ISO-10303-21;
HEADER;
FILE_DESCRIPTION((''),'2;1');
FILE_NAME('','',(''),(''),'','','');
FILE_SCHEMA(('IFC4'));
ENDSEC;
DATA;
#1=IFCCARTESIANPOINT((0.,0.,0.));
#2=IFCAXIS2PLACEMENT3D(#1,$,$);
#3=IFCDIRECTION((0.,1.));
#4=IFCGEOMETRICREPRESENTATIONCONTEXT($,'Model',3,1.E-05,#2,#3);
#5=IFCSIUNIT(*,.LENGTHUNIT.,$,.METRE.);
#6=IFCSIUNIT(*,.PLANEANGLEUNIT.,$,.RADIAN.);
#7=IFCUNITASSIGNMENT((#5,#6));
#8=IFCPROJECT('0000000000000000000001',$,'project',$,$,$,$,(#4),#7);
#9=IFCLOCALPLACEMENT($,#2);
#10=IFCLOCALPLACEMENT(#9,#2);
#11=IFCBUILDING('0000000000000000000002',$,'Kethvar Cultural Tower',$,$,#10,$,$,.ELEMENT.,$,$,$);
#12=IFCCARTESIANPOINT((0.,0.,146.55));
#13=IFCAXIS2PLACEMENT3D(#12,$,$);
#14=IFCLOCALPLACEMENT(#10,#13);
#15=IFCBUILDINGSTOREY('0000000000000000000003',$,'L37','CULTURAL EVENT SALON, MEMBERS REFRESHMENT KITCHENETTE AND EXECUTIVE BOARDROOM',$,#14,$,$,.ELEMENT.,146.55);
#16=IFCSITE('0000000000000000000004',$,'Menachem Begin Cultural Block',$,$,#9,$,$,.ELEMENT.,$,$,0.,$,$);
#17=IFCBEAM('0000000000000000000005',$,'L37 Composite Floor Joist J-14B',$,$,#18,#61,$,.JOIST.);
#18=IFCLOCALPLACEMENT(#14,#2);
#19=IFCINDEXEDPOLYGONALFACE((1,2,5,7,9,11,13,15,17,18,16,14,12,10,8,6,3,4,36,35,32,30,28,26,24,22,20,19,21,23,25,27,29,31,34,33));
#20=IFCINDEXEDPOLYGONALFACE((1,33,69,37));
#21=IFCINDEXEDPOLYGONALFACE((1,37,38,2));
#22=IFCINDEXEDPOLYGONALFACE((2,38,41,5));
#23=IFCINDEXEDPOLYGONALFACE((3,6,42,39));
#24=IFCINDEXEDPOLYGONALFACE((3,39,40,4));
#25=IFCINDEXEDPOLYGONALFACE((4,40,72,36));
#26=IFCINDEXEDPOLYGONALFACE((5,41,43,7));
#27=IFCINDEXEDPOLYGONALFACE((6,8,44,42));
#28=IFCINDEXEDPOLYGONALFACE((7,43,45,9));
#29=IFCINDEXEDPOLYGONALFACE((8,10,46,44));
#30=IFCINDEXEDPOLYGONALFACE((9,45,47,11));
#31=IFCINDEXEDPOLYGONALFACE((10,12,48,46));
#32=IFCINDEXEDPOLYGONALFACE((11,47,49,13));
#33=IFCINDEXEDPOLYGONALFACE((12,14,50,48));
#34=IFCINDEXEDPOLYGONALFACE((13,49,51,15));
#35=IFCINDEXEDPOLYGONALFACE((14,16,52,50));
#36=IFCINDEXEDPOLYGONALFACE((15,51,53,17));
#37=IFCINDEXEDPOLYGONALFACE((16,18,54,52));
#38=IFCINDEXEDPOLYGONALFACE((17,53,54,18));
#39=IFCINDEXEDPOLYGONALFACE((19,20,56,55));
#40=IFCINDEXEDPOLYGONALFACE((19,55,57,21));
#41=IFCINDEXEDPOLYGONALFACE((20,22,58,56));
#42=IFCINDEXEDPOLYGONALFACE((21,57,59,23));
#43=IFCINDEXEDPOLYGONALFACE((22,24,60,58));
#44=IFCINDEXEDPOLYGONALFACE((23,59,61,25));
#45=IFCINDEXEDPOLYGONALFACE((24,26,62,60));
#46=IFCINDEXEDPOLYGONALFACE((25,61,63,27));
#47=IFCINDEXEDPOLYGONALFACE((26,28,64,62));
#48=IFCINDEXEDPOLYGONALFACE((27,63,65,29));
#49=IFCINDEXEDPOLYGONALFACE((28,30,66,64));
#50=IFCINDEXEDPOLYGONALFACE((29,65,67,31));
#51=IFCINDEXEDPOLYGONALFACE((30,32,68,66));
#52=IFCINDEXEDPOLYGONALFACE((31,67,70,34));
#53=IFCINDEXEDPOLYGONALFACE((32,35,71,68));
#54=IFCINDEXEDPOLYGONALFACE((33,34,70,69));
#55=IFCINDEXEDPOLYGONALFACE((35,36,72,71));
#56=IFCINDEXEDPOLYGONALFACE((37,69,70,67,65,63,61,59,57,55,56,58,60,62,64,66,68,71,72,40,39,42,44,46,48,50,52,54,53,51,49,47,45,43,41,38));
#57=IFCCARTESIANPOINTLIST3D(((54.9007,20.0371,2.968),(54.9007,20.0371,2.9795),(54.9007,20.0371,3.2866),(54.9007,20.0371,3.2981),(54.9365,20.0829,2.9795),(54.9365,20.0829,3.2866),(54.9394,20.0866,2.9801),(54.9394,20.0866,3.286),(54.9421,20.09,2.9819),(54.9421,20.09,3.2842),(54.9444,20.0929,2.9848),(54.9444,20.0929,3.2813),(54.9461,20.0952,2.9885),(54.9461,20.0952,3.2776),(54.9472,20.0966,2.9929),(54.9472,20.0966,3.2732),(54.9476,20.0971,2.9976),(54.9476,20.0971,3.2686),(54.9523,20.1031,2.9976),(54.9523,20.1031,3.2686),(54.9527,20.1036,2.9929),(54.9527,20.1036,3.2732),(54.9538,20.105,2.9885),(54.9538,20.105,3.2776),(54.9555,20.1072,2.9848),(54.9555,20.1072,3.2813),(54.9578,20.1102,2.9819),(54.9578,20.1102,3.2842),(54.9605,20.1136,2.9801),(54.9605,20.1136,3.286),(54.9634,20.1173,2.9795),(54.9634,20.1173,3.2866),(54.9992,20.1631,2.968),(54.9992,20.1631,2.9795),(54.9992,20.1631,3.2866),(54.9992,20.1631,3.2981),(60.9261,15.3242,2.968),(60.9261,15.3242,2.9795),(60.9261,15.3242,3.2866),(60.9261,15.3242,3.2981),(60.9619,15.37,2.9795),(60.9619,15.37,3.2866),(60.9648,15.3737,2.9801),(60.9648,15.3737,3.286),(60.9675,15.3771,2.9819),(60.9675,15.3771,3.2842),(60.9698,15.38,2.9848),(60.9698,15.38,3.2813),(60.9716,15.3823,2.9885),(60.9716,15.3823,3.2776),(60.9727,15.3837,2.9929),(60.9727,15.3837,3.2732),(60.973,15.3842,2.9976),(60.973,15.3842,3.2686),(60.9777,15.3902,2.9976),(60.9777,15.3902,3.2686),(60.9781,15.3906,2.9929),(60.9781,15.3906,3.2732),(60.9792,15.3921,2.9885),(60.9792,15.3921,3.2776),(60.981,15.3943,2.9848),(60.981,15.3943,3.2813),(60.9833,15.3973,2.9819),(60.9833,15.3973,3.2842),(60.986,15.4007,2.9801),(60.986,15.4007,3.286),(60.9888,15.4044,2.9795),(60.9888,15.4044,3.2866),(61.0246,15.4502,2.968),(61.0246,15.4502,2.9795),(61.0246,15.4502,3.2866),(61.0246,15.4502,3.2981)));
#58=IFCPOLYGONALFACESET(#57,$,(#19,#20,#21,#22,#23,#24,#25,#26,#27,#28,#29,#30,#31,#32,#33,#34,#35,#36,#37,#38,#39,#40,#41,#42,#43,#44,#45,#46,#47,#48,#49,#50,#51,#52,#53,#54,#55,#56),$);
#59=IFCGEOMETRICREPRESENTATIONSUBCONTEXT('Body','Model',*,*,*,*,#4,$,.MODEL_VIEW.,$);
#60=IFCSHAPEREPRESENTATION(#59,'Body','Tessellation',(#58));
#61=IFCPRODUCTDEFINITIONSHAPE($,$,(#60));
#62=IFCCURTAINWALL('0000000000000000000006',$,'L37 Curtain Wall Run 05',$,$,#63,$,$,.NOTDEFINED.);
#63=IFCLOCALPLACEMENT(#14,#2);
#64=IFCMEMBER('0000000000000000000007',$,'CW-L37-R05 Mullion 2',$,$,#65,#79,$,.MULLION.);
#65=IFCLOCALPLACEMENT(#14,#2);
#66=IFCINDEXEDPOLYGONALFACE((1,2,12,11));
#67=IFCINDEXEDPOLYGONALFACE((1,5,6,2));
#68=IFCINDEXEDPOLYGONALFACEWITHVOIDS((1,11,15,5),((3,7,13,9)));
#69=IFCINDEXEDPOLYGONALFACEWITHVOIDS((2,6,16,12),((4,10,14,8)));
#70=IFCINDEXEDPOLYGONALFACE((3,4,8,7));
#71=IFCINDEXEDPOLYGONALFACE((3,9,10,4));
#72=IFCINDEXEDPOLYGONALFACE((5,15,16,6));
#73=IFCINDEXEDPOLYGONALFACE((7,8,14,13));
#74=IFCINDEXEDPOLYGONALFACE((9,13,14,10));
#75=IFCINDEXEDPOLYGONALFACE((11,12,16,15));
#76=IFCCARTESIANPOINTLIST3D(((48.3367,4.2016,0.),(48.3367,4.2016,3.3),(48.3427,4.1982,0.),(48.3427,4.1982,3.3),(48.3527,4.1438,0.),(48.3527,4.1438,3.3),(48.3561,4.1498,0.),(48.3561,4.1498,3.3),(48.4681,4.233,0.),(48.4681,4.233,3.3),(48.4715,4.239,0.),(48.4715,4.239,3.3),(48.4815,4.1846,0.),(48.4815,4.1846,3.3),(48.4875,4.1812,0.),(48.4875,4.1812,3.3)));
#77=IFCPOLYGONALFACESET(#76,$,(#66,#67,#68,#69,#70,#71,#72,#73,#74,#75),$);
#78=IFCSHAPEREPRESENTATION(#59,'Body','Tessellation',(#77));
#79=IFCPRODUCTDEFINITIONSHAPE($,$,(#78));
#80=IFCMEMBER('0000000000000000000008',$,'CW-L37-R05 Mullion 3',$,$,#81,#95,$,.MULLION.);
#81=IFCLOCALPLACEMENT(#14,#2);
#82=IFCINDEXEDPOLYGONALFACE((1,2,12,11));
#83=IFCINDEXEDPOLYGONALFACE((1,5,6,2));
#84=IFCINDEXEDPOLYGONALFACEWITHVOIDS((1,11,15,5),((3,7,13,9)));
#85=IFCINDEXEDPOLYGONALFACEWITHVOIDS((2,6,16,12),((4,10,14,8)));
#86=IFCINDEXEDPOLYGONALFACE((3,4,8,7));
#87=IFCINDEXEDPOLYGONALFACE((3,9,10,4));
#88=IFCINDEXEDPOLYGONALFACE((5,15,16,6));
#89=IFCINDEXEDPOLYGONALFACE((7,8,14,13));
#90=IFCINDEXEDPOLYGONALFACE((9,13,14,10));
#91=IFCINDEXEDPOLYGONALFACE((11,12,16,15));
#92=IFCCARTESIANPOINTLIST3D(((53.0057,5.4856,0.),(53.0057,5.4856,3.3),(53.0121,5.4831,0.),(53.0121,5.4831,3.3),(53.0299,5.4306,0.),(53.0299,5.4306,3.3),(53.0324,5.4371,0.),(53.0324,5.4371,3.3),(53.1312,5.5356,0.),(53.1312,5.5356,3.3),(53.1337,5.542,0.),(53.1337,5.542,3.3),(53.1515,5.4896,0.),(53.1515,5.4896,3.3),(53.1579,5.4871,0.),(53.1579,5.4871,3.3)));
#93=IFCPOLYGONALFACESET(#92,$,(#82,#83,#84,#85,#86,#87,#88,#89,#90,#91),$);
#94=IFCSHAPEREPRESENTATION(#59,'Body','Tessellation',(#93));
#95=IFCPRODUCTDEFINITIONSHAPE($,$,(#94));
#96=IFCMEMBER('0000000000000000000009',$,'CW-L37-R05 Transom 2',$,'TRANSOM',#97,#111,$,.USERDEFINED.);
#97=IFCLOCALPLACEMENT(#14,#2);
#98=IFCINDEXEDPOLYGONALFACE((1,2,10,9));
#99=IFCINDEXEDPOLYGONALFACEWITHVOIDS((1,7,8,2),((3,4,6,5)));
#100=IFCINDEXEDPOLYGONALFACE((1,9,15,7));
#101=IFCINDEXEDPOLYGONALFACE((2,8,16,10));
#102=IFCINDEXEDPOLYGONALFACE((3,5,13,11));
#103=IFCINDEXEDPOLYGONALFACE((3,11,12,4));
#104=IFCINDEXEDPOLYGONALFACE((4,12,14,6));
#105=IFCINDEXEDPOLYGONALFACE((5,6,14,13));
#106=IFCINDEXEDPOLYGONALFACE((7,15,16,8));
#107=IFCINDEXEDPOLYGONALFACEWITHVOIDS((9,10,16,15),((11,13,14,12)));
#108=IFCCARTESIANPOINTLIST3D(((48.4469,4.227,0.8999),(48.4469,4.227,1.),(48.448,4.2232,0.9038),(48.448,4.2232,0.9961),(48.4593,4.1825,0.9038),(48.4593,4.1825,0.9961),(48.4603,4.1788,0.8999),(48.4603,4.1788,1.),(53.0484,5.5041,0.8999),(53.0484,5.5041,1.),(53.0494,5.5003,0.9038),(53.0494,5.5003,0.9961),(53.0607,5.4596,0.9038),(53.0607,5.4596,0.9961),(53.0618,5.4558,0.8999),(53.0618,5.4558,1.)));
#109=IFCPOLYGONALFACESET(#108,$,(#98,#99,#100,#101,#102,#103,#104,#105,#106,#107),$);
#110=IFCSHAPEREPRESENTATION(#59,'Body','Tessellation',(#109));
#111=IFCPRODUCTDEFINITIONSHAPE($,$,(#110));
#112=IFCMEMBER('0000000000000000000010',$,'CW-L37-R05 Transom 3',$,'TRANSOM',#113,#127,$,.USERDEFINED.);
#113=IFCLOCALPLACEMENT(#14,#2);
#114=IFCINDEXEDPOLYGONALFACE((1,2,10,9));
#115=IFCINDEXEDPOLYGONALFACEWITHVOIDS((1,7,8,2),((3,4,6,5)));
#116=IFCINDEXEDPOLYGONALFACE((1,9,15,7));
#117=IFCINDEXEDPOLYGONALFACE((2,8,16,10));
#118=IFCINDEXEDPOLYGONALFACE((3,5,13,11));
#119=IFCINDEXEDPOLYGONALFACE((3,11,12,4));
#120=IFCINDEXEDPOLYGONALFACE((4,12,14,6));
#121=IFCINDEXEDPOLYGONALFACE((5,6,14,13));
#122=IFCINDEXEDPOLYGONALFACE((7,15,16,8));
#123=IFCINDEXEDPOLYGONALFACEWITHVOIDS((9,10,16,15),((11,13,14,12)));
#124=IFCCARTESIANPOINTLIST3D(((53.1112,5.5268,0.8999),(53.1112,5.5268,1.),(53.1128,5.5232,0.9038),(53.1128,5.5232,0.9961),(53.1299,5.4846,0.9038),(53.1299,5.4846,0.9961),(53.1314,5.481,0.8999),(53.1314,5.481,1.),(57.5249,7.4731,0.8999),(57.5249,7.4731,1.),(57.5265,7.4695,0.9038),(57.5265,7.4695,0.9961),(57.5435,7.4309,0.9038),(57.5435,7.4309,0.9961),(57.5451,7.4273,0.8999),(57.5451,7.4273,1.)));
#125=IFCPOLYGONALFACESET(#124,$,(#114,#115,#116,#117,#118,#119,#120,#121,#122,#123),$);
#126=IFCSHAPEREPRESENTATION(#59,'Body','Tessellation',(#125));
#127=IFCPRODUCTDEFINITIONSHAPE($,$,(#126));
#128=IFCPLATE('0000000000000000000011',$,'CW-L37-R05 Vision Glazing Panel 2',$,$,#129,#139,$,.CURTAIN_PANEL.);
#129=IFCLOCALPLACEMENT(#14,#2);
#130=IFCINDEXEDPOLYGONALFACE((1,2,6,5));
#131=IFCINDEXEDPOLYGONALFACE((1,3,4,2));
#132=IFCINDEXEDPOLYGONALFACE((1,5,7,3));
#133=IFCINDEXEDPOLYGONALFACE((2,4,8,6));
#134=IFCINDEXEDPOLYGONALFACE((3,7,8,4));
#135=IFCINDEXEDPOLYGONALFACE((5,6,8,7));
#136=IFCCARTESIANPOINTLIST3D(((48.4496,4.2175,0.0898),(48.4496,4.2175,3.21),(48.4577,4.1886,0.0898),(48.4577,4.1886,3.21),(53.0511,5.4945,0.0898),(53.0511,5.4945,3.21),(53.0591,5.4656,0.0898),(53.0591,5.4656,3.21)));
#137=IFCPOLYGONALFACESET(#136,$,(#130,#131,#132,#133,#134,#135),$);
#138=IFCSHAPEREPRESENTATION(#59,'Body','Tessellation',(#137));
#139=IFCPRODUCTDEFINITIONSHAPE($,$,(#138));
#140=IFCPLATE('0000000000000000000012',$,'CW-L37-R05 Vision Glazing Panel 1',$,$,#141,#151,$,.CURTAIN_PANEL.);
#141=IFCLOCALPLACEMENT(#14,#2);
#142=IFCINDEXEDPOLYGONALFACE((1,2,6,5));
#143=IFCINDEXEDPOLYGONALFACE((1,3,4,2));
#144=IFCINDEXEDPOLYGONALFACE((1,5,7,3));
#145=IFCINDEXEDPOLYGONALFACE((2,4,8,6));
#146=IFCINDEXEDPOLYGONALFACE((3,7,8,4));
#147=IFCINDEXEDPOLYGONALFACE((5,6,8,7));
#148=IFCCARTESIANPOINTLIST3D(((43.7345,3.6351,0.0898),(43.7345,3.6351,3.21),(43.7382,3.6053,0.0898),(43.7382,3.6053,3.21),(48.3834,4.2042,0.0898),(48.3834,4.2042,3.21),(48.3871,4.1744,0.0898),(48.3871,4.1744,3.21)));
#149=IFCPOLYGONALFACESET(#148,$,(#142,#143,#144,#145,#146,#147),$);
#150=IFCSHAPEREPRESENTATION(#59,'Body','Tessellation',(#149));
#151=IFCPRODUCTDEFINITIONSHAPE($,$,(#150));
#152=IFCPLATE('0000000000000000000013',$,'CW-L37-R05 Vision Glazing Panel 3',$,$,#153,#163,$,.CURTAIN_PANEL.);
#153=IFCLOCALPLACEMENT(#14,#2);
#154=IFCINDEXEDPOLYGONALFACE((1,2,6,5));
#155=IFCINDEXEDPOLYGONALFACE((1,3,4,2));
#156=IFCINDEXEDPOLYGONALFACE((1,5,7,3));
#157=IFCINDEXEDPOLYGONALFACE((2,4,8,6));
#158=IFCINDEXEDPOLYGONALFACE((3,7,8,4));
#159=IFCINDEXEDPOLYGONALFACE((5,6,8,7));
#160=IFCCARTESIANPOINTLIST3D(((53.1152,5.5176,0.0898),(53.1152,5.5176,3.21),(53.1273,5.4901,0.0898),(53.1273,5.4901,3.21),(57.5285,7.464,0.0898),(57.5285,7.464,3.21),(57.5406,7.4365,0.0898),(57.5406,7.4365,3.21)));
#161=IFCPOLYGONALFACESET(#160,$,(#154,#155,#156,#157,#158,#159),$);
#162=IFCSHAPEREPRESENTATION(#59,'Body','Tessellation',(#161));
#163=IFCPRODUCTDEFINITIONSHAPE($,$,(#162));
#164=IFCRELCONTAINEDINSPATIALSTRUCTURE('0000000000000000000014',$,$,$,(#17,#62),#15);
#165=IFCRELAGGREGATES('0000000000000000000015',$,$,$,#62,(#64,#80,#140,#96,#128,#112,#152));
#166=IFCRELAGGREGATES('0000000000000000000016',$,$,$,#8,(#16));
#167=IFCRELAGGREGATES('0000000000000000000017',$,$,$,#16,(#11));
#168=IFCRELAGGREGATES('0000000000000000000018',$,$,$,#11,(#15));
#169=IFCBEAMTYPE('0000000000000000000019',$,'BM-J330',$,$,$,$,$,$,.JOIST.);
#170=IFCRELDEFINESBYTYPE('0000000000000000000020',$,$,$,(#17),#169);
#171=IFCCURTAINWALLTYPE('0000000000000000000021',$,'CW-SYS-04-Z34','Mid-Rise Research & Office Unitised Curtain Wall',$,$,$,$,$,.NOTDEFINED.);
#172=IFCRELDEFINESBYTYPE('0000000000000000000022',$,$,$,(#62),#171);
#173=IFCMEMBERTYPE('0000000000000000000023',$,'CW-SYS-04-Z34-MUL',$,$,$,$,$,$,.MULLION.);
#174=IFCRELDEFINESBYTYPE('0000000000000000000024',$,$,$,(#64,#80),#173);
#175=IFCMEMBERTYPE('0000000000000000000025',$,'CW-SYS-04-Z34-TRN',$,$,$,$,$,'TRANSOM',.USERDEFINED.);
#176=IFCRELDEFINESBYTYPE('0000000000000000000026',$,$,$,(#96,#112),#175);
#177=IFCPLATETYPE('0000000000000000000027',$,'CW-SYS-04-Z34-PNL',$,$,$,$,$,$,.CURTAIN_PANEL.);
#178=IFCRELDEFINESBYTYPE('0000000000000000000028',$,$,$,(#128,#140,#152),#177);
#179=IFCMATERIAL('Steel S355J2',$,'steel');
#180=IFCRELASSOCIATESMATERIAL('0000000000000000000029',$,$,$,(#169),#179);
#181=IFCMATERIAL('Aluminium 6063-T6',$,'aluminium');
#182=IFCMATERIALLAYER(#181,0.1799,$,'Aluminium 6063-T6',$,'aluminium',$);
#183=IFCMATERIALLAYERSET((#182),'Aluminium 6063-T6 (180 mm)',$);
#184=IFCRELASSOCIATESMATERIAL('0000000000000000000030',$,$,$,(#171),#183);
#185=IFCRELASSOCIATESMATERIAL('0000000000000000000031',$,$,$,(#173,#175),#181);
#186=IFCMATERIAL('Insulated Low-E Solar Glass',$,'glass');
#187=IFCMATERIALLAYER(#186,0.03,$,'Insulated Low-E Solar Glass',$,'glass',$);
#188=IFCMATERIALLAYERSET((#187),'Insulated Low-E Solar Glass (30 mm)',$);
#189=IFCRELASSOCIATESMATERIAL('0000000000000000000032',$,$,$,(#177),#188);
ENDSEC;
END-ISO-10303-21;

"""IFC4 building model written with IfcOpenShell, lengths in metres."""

from ifc_helpers import new_model, si_unit, direction, frame, origin, origin_2d, place, context, subcontext, project, spatial, rectangle, hollow_rectangle, i_section, extrude, source, transform, mapped, material, layer, layer_set, material_profile, profile_set, type_object, element, aggregate, save


model = new_model("IFC4")

# Units and contexts
model_context = context("Model", 3, precision=1e-05, world=origin(), true_north=direction((0.0, 1.0)))
body_context = subcontext(model_context, "Body", "Model", "MODEL_VIEW")
ifc_project = project(units=[si_unit("LENGTHUNIT", "METRE"), si_unit("PLANEANGLEUNIT", "RADIAN")], contexts=[model_context])

# Site, building, storey
site_placement = place(None, origin())
site = spatial("IfcSite", under=ifc_project, at=site_placement, Name="Menachem Begin Cultural Block", CompositionType="ELEMENT", RefElevation=0.0)
building_placement = place(site_placement, origin())
building = spatial("IfcBuilding", under=site, at=building_placement, Name="Kethvar Cultural Tower", CompositionType="ELEMENT")
storey_placement = place(building_placement, frame((0.0, 0.0, 146.55)))
storey = spatial("IfcBuildingStorey", under=building, at=storey_placement, Name="L37", Description="CULTURAL EVENT SALON, MEMBERS REFRESHMENT KITCHENETTE AND EXECUTIVE BOARDROOM", CompositionType="ELEMENT", Elevation=146.55)

# Beam
ifc_material_1 = material(Name="Steel S355J2", Category="steel")
ifc_material_profile_1 = material_profile(ifc_material_1, i_section(OverallWidth=0.1599, OverallDepth=0.3301, WebThickness=0.0076, FlangeThickness=0.0115, FilletRadius=0.0181, at=origin_2d()), Name="Steel S355J2 — IPE330")
ifc_profile_set_1 = profile_set([ifc_material_profile_1], Name="Steel S355J2 — IPE330")
beam_type_1 = type_object("IfcBeamType", Name="BM-J330", PredefinedType="JOIST", material=ifc_profile_set_1)
shared_shape_1 = source(origin(), body_context, "Body", "SweptSolid", [
    extrude(i_section(OverallWidth=0.1599, OverallDepth=0.3301, WebThickness=0.0076, FlangeThickness=0.0115, FilletRadius=0.0181, at=origin_2d()), origin(), (0.0, 0.0, 1.0), 7.6497),
])
beam_1_placement = place(storey_placement, frame((54.95, 20.1001, 3.1331), z_axis=(0.787672, -0.616095, 0.0), x_axis=(0.616095, 0.787672, 0.0)))
element("IfcBeam", 1, at=beam_1_placement, inside=storey, type_object=beam_type_1, Name="L37 Composite Floor Joist J-14B", PredefinedType="JOIST", context=body_context, shape_type="MappedRepresentation", body=[
    mapped(shared_shape_1, transform((0.0, 0.0, 0.0), scale=1.0)),
])

# Curtain wall, members, plates
ifc_material_2 = material(Name="Aluminium 6063-T6", Category="aluminium")
ifc_layer_1 = layer(ifc_material_2, 0.1799, Name="Aluminium 6063-T6", Category="aluminium")
ifc_layer_set_1 = layer_set([ifc_layer_1], Name="Aluminium 6063-T6 (180 mm)")
curtain_wall_type = type_object("IfcCurtainWallType", Name="CW-SYS-04-Z34", Description="Mid-Rise Research & Office Unitised Curtain Wall", PredefinedType="NOTDEFINED", material=ifc_layer_set_1)
curtain_wall_placement = place(storey_placement, origin())
curtain_wall = element("IfcCurtainWall", 2, at=curtain_wall_placement, inside=storey, type_object=curtain_wall_type, Name="L37 Curtain Wall Run 05", PredefinedType="NOTDEFINED")
ifc_material_profile_2 = material_profile(ifc_material_2, hollow_rectangle(XDim=0.0601, YDim=0.1399, WallThickness=0.0049, at=origin_2d()), Name="Aluminium 6063-T6 — RHS140x60x5")
ifc_profile_set_2 = profile_set([ifc_material_profile_2], Name="Aluminium 6063-T6 — RHS140x60x5")
member_type_1 = type_object("IfcMemberType", Name="CW-SYS-04-Z34-MUL", PredefinedType="MULLION", material=ifc_profile_set_2)
shared_shape_2 = source(origin(), body_context, "Body", "SweptSolid", [
    extrude(hollow_rectangle(XDim=0.0601, YDim=0.1399, WallThickness=0.0049, at=origin_2d()), origin(), (0.0, 0.0, 1.0), 3.3),
])
member_1_placement = place(storey_placement, frame((48.4121, 4.1914, 0.0), z_axis=(0.0, 0.0, 1.0), x_axis=(-0.267423, 0.963579, 0.0)))
member_1 = element("IfcMember", 3, at=member_1_placement, type_object=member_type_1, Name="CW-L37-R05 Mullion 2", PredefinedType="MULLION", context=body_context, shape_type="MappedRepresentation", body=[
    mapped(shared_shape_2, transform((0.0, 0.0, 0.0), scale=1.0)),
])
member_2_placement = place(storey_placement, frame((53.0818, 5.4863, 0.0), z_axis=(0.0, 0.0, 1.0), x_axis=(-0.403529, 0.914967, 0.0)))
member_2 = element("IfcMember", 4, at=member_2_placement, type_object=member_type_1, Name="CW-L37-R05 Mullion 3", PredefinedType="MULLION", context=body_context, shape_type="MappedRepresentation", body=[
    mapped(shared_shape_2, transform((0.0, 0.0, 0.0), scale=1.0)),
])
ifc_material_profile_3 = material_profile(ifc_material_2, hollow_rectangle(XDim=0.05, YDim=0.1001, WallThickness=0.0039, at=origin_2d()), Name="Aluminium 6063-T6 — RHS100x50x4")
ifc_profile_set_3 = profile_set([ifc_material_profile_3], Name="Aluminium 6063-T6 — RHS100x50x4")
member_type_2 = type_object("IfcMemberType", Name="CW-SYS-04-Z34-TRN", ElementType="TRANSOM", PredefinedType="USERDEFINED", material=ifc_profile_set_3)
shared_shape_3 = source(origin(), body_context, "Body", "SweptSolid", [
    extrude(hollow_rectangle(XDim=0.05, YDim=0.1001, WallThickness=0.0039, at=origin_2d()), origin(), (0.0, 0.0, 1.0), 4.7754),
])
member_3_placement = place(storey_placement, frame((48.4536, 4.2029, 0.95), z_axis=(0.963578, 0.267428, 0.0), x_axis=(-0.267428, 0.963578, 0.0)))
member_3 = element("IfcMember", 5, at=member_3_placement, type_object=member_type_2, Name="CW-L37-R05 Transom 2", ObjectType="TRANSOM", PredefinedType="USERDEFINED", context=body_context, shape_type="MappedRepresentation", body=[
    mapped(shared_shape_3, transform((0.0, 0.0, 0.0), scale=1.0)),
])
shared_shape_4 = source(origin(), body_context, "Body", "SweptSolid", [
    extrude(hollow_rectangle(XDim=0.05, YDim=0.1001, WallThickness=0.0039, at=origin_2d()), origin(), (0.0, 0.0, 1.0), 4.8237),
])
member_4_placement = place(storey_placement, frame((53.1213, 5.5039, 0.95), z_axis=(0.914985, 0.403488, 0.0), x_axis=(-0.403488, 0.914985, 0.0)))
member_4 = element("IfcMember", 6, at=member_4_placement, type_object=member_type_2, Name="CW-L37-R05 Transom 3", ObjectType="TRANSOM", PredefinedType="USERDEFINED", context=body_context, shape_type="MappedRepresentation", body=[
    mapped(shared_shape_4, transform((0.0, 0.0, 0.0), scale=1.0)),
])
ifc_material_3 = material(Name="Insulated Low-E Solar Glass", Category="glass")
ifc_layer_2 = layer(ifc_material_3, 0.03, Name="Insulated Low-E Solar Glass", Category="glass")
ifc_layer_set_2 = layer_set([ifc_layer_2], Name="Insulated Low-E Solar Glass (30 mm)")
plate_type = type_object("IfcPlateType", Name="CW-SYS-04-Z34-PNL", PredefinedType="CURTAIN_PANEL", material=ifc_layer_set_2)
shared_shape_5 = source(origin(), body_context, "Body", "SweptSolid", [
    extrude(rectangle(XDim=4.7754, YDim=0.03, at=origin_2d()), origin(), (0.0, 0.0, 1.0), 3.1201),
])
plate_1_placement = place(storey_placement, frame((50.7544, 4.8416, 0.0898), z_axis=(0.0, 0.0, 1.0), x_axis=(0.963579, 0.267423, 0.0)))
plate_1 = element("IfcPlate", 7, at=plate_1_placement, type_object=plate_type, Name="CW-L37-R05 Vision Glazing Panel 2", PredefinedType="CURTAIN_PANEL", context=body_context, shape_type="MappedRepresentation", body=[
    mapped(shared_shape_5, transform((0.0, 0.0, 0.0), scale=1.0)),
])
shared_shape_6 = source(origin(), body_context, "Body", "SweptSolid", [
    extrude(rectangle(XDim=4.6836, YDim=0.03, at=origin_2d()), origin(), (0.0, 0.0, 1.0), 3.1201),
])
plate_2_placement = place(storey_placement, frame((46.0608, 3.9048, 0.0898), z_axis=(0.0, 0.0, 1.0), x_axis=(0.992591, 0.121506, 0.0)))
plate_2 = element("IfcPlate", 8, at=plate_2_placement, type_object=plate_type, Name="CW-L37-R05 Vision Glazing Panel 1", PredefinedType="CURTAIN_PANEL", context=body_context, shape_type="MappedRepresentation", body=[
    mapped(shared_shape_6, transform((0.0, 0.0, 0.0), scale=1.0)),
])
shared_shape_7 = source(origin(), body_context, "Body", "SweptSolid", [
    extrude(rectangle(XDim=4.8235, YDim=0.03, at=origin_2d()), origin(), (0.0, 0.0, 1.0), 3.1201),
])
plate_3_placement = place(storey_placement, frame((55.3279, 6.4771, 0.0898), z_axis=(0.0, 0.0, 1.0), x_axis=(0.914967, 0.403529, 0.0)))
plate_3 = element("IfcPlate", 9, at=plate_3_placement, type_object=plate_type, Name="CW-L37-R05 Vision Glazing Panel 3", PredefinedType="CURTAIN_PANEL", context=body_context, shape_type="MappedRepresentation", body=[
    mapped(shared_shape_7, transform((0.0, 0.0, 0.0), scale=1.0)),
])
aggregate(curtain_wall, [member_1, member_2, plate_2, member_3, plate_1, member_4, plate_3])

save(model, "model.ifc")
